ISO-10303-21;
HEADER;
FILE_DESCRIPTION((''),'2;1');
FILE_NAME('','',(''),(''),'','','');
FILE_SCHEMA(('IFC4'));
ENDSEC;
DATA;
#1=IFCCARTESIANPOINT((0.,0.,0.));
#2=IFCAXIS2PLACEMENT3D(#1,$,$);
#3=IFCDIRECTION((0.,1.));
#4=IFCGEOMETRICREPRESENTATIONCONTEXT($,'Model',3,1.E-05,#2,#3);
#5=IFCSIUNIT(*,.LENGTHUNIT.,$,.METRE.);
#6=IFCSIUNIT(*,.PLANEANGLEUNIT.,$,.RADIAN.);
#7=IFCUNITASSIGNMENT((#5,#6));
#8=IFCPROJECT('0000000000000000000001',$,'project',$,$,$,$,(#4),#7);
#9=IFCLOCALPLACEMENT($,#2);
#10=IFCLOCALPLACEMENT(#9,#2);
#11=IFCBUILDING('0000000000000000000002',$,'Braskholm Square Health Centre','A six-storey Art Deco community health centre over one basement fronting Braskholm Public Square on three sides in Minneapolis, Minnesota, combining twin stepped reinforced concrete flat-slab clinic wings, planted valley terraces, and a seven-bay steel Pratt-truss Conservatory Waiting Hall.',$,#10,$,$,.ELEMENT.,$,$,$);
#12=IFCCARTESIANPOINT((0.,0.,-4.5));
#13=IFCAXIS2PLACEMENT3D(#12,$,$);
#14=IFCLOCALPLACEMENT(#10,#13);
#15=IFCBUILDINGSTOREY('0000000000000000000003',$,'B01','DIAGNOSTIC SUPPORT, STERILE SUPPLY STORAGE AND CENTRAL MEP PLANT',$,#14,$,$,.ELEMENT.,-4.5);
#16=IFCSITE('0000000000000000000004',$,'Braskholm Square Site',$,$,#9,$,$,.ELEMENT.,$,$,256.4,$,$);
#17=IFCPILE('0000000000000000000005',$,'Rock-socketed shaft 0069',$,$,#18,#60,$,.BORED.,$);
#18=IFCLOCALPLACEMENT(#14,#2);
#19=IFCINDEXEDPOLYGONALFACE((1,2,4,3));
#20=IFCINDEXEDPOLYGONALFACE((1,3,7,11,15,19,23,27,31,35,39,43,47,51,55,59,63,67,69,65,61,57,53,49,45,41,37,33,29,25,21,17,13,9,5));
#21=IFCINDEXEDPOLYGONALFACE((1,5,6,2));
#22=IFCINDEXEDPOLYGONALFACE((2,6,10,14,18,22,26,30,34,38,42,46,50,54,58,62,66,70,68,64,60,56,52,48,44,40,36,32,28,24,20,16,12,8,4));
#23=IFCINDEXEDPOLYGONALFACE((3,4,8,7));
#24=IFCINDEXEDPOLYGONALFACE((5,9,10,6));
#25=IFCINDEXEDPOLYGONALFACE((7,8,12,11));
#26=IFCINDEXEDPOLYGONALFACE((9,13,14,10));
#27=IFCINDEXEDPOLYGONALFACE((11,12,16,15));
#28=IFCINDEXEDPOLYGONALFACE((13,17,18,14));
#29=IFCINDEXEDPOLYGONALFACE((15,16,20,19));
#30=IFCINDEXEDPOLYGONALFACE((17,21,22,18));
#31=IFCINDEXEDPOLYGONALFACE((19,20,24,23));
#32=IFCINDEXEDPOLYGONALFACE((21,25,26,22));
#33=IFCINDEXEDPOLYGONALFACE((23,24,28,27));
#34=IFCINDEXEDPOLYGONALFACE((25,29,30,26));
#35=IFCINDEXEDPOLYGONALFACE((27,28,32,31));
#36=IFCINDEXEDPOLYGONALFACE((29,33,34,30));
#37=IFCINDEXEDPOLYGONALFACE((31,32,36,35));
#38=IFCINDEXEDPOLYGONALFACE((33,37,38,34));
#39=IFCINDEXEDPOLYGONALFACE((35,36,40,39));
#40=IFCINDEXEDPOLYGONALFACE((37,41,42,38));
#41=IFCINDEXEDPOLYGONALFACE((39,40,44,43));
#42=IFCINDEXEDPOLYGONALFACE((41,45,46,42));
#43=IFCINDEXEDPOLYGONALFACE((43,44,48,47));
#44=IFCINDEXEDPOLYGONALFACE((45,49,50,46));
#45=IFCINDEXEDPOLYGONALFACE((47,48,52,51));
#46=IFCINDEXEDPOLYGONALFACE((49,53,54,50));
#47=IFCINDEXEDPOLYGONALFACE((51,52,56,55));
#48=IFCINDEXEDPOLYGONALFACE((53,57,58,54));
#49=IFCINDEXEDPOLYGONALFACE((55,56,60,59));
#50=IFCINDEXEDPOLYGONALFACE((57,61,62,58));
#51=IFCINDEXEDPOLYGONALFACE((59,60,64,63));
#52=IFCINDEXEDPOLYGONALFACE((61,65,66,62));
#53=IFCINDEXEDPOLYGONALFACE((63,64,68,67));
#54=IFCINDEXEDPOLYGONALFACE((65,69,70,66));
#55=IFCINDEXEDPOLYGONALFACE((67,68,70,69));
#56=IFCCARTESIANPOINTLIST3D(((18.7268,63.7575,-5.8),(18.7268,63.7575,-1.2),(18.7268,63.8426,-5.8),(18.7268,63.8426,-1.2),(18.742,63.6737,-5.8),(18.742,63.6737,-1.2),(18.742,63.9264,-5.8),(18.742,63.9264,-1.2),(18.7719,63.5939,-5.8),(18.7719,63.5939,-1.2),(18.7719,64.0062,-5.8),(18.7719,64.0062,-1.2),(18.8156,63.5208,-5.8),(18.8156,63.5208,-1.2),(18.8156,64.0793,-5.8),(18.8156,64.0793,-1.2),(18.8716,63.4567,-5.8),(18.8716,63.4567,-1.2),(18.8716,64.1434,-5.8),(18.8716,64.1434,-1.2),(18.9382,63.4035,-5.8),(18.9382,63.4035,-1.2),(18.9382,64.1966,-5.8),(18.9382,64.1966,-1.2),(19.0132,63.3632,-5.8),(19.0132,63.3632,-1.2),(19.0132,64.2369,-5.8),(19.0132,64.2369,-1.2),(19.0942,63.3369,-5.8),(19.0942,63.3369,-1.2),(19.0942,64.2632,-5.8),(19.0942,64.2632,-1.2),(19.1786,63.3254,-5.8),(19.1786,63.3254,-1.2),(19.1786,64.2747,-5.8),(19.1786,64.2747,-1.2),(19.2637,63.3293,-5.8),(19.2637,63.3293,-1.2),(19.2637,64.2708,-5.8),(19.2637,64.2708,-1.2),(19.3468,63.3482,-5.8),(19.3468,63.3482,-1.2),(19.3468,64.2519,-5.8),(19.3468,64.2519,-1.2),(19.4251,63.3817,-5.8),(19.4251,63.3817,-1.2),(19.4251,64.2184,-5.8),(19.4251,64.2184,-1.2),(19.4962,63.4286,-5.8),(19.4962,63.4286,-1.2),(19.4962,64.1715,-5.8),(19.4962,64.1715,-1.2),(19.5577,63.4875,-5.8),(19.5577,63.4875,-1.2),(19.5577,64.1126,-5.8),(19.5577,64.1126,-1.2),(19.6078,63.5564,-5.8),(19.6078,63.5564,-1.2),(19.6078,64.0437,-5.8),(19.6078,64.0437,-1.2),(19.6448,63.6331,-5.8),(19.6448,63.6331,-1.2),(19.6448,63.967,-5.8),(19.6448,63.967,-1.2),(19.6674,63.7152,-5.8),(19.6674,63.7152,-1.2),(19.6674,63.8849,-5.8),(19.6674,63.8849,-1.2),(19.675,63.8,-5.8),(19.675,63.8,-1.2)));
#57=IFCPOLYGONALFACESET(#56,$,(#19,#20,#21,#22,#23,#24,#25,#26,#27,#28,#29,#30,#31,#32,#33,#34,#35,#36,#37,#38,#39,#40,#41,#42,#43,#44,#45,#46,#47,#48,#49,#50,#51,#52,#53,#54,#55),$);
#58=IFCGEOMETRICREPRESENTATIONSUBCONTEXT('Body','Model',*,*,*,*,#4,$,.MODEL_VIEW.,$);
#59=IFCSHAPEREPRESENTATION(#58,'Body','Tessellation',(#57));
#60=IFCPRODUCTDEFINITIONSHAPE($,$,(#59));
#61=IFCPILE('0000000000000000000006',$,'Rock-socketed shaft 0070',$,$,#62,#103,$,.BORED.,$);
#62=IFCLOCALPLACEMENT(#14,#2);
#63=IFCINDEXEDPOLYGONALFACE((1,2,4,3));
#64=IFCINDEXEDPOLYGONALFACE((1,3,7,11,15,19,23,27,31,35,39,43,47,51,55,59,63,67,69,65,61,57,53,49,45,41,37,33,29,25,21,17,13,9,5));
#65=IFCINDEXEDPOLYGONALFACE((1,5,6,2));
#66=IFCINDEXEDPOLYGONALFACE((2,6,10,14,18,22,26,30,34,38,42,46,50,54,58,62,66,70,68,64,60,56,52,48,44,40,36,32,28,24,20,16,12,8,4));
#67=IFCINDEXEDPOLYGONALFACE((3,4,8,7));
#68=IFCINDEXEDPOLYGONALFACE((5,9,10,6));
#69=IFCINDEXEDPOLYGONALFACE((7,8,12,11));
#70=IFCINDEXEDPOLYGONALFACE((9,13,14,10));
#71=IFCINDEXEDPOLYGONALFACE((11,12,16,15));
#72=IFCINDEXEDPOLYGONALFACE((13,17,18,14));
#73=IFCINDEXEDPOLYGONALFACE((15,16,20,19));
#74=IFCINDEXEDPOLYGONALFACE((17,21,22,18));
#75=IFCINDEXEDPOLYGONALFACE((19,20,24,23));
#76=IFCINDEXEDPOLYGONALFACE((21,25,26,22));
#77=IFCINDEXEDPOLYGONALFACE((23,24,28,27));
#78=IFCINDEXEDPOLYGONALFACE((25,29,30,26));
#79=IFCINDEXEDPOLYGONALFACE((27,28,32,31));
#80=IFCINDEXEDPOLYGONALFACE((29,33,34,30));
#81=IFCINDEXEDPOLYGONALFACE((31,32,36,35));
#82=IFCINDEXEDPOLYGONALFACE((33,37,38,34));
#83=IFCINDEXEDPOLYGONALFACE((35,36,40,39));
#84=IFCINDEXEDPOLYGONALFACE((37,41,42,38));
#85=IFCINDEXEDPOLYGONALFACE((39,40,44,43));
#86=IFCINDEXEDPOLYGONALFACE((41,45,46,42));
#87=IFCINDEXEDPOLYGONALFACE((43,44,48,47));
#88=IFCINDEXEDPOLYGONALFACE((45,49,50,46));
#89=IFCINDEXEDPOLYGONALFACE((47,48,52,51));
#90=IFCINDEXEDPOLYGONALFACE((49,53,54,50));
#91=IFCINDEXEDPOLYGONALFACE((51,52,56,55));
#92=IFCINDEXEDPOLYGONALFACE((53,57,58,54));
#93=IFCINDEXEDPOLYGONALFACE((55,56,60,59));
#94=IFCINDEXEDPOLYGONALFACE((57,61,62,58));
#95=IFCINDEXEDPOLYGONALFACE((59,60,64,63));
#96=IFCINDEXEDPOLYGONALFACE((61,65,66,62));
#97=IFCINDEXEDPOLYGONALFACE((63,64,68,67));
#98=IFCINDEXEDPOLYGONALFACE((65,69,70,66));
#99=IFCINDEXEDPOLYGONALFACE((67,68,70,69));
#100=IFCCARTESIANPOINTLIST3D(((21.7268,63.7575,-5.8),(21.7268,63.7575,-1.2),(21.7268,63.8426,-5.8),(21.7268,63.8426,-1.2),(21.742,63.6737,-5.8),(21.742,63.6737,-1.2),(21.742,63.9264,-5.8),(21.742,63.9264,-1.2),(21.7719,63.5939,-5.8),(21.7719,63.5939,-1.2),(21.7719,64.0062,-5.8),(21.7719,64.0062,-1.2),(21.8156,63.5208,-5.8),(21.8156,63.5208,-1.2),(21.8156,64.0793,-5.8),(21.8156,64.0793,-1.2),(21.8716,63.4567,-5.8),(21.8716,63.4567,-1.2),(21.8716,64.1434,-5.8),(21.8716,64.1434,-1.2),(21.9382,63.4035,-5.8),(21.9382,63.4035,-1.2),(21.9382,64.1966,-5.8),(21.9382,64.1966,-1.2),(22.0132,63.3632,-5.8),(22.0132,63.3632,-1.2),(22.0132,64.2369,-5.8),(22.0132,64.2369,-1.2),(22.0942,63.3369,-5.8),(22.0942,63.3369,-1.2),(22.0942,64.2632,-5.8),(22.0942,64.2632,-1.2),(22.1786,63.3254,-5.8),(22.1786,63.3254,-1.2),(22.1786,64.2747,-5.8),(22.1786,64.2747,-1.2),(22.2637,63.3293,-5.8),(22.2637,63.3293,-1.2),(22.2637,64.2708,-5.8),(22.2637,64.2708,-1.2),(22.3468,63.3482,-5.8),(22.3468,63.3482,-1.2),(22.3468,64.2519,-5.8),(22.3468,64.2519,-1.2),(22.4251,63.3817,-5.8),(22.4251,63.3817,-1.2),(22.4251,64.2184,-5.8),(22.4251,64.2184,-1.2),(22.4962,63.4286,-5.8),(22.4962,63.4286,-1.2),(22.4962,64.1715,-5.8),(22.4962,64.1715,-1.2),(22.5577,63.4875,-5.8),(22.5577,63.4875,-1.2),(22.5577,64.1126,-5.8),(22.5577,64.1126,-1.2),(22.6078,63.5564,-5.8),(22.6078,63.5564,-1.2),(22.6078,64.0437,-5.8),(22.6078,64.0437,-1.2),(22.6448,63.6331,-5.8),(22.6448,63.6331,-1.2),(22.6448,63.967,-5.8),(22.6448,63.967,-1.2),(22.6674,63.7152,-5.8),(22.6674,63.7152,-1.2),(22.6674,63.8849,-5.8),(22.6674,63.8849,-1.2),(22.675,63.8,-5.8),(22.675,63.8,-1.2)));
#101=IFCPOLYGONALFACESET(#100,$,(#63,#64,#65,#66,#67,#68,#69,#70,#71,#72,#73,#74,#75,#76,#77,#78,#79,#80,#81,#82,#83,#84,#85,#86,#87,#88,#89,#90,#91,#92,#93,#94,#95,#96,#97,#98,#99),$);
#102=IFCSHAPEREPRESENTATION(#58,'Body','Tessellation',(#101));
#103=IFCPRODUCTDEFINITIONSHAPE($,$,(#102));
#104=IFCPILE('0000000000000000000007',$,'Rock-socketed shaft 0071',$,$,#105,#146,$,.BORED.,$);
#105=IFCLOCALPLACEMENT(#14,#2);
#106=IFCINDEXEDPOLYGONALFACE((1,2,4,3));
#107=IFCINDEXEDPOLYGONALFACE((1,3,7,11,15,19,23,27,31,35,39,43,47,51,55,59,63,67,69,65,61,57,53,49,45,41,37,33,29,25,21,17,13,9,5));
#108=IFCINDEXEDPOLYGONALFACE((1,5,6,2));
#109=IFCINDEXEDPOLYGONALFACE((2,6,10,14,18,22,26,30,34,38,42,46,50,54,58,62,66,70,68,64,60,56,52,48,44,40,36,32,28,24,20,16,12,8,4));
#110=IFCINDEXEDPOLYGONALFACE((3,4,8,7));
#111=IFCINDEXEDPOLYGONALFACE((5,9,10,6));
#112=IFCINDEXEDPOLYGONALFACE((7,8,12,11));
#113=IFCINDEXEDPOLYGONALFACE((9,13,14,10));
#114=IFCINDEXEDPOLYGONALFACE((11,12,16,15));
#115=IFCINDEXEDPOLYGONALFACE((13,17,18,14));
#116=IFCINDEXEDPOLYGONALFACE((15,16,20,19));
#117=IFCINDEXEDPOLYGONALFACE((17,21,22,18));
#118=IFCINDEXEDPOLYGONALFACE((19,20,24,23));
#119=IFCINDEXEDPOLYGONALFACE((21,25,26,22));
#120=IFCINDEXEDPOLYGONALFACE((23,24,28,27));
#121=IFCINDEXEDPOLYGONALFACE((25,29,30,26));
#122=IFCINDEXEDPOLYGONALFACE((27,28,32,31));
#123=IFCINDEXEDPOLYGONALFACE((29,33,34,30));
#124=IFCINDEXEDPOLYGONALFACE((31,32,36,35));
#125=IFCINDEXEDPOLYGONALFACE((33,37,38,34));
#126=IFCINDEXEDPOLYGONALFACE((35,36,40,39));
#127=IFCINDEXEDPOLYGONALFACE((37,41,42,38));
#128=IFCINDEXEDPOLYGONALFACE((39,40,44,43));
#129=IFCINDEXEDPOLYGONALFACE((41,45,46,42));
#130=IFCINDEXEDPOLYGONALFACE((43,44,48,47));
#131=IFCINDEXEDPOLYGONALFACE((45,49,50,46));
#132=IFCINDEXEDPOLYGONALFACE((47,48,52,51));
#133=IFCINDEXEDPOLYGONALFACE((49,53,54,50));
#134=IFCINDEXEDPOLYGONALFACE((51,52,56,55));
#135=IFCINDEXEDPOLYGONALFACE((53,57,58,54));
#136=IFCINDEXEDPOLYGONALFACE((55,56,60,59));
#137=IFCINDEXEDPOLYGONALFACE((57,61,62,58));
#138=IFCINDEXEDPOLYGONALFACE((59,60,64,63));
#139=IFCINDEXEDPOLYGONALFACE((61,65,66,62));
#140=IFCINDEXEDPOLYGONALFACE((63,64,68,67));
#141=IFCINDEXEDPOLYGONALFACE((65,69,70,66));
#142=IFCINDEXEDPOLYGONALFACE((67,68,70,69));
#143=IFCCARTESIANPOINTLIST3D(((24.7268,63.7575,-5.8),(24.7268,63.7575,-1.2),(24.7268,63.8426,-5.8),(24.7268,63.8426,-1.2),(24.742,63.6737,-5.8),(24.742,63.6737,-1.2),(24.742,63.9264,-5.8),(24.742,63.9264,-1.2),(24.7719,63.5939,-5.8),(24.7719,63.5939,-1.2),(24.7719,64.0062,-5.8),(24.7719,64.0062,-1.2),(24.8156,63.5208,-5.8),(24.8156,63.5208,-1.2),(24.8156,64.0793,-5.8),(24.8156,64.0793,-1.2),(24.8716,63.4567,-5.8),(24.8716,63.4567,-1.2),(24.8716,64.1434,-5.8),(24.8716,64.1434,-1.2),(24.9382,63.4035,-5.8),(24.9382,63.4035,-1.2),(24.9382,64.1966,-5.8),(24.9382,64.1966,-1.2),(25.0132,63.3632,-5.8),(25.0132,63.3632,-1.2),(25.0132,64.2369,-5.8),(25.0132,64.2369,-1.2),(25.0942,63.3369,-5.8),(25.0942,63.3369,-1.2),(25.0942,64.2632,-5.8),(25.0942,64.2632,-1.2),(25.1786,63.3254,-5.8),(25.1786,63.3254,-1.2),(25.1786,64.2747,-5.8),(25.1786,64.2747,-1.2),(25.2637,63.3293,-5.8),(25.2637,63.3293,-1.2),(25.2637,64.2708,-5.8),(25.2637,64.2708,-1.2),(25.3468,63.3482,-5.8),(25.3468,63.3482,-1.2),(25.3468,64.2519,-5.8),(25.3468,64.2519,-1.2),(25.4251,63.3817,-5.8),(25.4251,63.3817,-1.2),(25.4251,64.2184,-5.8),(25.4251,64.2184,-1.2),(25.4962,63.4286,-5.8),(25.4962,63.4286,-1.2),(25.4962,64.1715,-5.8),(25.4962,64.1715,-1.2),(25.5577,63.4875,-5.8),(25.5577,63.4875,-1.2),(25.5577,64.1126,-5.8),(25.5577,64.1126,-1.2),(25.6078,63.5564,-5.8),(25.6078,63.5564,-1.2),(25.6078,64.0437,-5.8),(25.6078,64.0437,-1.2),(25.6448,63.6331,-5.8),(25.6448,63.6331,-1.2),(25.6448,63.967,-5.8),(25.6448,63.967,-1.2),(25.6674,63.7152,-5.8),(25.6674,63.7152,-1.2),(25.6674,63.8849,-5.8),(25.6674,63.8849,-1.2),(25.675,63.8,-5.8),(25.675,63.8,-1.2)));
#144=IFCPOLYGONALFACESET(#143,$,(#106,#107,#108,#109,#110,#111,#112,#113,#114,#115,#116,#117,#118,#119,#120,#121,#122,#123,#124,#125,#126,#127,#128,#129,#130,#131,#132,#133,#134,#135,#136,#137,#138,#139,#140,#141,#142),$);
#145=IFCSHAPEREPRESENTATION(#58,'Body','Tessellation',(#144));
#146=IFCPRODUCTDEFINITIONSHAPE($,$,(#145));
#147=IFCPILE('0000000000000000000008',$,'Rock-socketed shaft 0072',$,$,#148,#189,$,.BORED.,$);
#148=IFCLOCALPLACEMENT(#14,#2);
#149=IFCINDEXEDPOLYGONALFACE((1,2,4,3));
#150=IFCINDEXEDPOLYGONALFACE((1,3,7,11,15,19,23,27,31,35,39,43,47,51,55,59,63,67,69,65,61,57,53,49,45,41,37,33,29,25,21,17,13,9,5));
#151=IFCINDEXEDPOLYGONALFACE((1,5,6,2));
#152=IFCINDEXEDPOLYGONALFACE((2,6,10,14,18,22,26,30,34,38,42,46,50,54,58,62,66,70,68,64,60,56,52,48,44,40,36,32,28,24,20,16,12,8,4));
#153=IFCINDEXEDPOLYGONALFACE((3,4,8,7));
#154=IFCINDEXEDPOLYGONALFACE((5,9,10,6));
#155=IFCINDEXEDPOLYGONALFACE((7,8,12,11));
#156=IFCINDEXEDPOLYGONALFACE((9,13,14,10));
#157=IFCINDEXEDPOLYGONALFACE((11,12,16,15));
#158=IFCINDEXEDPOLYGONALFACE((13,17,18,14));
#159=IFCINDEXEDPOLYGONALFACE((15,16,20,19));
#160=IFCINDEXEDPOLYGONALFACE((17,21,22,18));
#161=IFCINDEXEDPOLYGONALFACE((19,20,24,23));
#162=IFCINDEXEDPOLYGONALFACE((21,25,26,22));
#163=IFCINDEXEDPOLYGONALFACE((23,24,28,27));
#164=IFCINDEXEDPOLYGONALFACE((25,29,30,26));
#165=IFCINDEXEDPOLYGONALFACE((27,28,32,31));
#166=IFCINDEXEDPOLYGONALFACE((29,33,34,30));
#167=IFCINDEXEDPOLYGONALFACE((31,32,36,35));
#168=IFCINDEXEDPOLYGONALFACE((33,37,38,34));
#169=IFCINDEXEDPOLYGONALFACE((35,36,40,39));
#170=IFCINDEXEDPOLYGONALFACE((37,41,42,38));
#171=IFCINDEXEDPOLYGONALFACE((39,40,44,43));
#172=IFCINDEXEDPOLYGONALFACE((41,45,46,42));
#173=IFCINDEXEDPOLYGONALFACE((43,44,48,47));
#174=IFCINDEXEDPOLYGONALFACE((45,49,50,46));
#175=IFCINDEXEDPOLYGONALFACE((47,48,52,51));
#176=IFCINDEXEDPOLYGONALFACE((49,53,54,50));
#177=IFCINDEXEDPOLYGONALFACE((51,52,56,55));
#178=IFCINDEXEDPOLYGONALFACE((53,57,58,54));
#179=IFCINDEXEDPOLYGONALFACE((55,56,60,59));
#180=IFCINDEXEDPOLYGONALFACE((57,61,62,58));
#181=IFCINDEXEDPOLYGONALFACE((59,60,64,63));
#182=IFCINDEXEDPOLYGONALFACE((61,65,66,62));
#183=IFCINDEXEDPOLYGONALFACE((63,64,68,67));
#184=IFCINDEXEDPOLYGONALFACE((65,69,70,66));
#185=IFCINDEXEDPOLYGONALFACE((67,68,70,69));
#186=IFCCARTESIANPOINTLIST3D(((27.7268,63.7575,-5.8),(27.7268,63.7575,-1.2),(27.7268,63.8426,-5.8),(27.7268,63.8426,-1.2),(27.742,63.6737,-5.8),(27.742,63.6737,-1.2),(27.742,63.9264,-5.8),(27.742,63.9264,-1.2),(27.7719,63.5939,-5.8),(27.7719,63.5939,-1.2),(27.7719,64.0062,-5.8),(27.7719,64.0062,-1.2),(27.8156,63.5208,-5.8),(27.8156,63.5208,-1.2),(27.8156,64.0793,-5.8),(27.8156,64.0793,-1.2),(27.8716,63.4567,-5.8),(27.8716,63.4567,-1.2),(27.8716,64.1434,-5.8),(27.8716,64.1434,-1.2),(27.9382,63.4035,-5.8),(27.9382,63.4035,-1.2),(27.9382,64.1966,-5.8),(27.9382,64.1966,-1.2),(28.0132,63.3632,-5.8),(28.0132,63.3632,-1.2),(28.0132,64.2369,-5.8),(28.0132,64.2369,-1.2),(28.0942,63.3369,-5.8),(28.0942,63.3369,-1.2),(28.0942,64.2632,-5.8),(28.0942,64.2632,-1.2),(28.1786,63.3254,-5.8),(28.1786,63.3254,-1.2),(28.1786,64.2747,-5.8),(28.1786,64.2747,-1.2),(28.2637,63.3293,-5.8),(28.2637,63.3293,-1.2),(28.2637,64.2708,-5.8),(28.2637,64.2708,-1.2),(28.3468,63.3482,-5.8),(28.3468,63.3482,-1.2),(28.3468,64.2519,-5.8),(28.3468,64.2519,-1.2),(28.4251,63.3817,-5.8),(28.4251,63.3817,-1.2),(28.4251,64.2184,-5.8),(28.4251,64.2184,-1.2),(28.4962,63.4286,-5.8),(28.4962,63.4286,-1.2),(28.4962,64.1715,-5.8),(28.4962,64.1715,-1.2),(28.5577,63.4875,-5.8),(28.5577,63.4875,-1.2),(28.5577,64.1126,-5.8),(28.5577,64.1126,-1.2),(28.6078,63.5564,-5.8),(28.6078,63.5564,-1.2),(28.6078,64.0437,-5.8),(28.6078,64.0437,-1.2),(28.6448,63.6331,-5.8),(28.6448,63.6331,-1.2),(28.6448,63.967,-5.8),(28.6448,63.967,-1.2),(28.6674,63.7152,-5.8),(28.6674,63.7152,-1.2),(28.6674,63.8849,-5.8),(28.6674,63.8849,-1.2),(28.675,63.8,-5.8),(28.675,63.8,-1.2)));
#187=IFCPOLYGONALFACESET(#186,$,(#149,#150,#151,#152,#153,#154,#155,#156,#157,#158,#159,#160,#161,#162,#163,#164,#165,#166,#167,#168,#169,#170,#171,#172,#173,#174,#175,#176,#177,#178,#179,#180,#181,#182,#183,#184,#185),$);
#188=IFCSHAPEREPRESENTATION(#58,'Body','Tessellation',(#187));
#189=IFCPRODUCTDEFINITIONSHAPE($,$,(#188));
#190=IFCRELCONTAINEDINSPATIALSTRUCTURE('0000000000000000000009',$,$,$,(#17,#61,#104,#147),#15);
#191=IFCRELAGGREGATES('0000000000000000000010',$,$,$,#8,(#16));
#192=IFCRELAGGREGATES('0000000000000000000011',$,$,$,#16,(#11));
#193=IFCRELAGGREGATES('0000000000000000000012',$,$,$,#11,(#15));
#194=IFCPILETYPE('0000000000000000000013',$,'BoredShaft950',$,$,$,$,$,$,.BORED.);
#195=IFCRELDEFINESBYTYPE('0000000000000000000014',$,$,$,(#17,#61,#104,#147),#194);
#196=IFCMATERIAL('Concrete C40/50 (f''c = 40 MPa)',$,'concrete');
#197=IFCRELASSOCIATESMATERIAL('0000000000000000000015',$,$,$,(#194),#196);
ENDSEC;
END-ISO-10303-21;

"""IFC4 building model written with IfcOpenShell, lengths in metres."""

from ifc_helpers import new_model, si_unit, direction, frame, origin, origin_2d, place, context, subcontext, project, spatial, circle, extrude, material, material_profile, profile_set, type_object, element, save


model = new_model("IFC4")

# Units and contexts
model_context = context("Model", 3, precision=1e-05, world=origin(), true_north=direction((0.0, 1.0)))
body_context = subcontext(model_context, "Body", "Model", "MODEL_VIEW")
ifc_project = project(units=[si_unit("LENGTHUNIT", "METRE"), si_unit("PLANEANGLEUNIT", "RADIAN")], contexts=[model_context])

# Site, building, storey
site_placement = place(None, origin())
site = spatial("IfcSite", under=ifc_project, at=site_placement, Name="Braskholm Square Site", CompositionType="ELEMENT", RefElevation=256.4)
building_placement = place(site_placement, origin())
building = spatial("IfcBuilding", under=site, at=building_placement, Name="Braskholm Square Health Centre", Description="A six-storey Art Deco community health centre over one basement fronting Braskholm Public Square on three sides in Minneapolis, Minnesota, combining twin stepped reinforced concrete flat-slab clinic wings, planted valley terraces, and a seven-bay steel Pratt-truss Conservatory Waiting Hall.", CompositionType="ELEMENT")
storey_placement = place(building_placement, frame((0.0, 0.0, -4.5)))
storey = spatial("IfcBuildingStorey", under=building, at=storey_placement, Name="B01", Description="DIAGNOSTIC SUPPORT, STERILE SUPPLY STORAGE AND CENTRAL MEP PLANT", CompositionType="ELEMENT", Elevation=-4.5)

# Piles
ifc_material_1 = material(Name="Concrete C40/50 (f'c = 40 MPa)", Category="concrete")
ifc_material_profile_1 = material_profile(ifc_material_1, circle(Radius=0.4751, at=origin_2d()), Name="BORED-PILE-950")
ifc_profile_set_1 = profile_set([ifc_material_profile_1], Name="Concrete C40/50 (f'c = 40 MPa)")
pile_type = type_object("IfcPileType", Name="BoredShaft950", PredefinedType="BORED", material=ifc_profile_set_1)
for number, where, z_axis, x_axis, name in (
    (1, (19.2, 63.8, -1.2), (0.0, 0.0, -1.0), (1.0, 0.0, 0.0), "Rock-socketed shaft 0069"),
    (2, (22.2, 63.8, -1.2), (0.0, 0.0, -1.0), (1.0, 0.0, 0.0), "Rock-socketed shaft 0070"),
    (3, (25.2, 63.8, -1.2), (0.0, 0.0, -1.0), (1.0, 0.0, 0.0), "Rock-socketed shaft 0071"),
    (4, (28.2, 63.8, -1.2), (0.0, 0.0, -1.0), (1.0, 0.0, 0.0), "Rock-socketed shaft 0072"),
):
    element("IfcPile", number, at=place(storey_placement, frame(where, z_axis=z_axis, x_axis=x_axis)), inside=storey, type_object=pile_type, Name=name, PredefinedType="BORED", context=body_context, shape_type="SweptSolid", body=[
        extrude(circle(Radius=0.4751, at=origin_2d()), origin(), (0.0, 0.0, 1.0), 4.6001),
    ])

save(model, "model.ifc")
